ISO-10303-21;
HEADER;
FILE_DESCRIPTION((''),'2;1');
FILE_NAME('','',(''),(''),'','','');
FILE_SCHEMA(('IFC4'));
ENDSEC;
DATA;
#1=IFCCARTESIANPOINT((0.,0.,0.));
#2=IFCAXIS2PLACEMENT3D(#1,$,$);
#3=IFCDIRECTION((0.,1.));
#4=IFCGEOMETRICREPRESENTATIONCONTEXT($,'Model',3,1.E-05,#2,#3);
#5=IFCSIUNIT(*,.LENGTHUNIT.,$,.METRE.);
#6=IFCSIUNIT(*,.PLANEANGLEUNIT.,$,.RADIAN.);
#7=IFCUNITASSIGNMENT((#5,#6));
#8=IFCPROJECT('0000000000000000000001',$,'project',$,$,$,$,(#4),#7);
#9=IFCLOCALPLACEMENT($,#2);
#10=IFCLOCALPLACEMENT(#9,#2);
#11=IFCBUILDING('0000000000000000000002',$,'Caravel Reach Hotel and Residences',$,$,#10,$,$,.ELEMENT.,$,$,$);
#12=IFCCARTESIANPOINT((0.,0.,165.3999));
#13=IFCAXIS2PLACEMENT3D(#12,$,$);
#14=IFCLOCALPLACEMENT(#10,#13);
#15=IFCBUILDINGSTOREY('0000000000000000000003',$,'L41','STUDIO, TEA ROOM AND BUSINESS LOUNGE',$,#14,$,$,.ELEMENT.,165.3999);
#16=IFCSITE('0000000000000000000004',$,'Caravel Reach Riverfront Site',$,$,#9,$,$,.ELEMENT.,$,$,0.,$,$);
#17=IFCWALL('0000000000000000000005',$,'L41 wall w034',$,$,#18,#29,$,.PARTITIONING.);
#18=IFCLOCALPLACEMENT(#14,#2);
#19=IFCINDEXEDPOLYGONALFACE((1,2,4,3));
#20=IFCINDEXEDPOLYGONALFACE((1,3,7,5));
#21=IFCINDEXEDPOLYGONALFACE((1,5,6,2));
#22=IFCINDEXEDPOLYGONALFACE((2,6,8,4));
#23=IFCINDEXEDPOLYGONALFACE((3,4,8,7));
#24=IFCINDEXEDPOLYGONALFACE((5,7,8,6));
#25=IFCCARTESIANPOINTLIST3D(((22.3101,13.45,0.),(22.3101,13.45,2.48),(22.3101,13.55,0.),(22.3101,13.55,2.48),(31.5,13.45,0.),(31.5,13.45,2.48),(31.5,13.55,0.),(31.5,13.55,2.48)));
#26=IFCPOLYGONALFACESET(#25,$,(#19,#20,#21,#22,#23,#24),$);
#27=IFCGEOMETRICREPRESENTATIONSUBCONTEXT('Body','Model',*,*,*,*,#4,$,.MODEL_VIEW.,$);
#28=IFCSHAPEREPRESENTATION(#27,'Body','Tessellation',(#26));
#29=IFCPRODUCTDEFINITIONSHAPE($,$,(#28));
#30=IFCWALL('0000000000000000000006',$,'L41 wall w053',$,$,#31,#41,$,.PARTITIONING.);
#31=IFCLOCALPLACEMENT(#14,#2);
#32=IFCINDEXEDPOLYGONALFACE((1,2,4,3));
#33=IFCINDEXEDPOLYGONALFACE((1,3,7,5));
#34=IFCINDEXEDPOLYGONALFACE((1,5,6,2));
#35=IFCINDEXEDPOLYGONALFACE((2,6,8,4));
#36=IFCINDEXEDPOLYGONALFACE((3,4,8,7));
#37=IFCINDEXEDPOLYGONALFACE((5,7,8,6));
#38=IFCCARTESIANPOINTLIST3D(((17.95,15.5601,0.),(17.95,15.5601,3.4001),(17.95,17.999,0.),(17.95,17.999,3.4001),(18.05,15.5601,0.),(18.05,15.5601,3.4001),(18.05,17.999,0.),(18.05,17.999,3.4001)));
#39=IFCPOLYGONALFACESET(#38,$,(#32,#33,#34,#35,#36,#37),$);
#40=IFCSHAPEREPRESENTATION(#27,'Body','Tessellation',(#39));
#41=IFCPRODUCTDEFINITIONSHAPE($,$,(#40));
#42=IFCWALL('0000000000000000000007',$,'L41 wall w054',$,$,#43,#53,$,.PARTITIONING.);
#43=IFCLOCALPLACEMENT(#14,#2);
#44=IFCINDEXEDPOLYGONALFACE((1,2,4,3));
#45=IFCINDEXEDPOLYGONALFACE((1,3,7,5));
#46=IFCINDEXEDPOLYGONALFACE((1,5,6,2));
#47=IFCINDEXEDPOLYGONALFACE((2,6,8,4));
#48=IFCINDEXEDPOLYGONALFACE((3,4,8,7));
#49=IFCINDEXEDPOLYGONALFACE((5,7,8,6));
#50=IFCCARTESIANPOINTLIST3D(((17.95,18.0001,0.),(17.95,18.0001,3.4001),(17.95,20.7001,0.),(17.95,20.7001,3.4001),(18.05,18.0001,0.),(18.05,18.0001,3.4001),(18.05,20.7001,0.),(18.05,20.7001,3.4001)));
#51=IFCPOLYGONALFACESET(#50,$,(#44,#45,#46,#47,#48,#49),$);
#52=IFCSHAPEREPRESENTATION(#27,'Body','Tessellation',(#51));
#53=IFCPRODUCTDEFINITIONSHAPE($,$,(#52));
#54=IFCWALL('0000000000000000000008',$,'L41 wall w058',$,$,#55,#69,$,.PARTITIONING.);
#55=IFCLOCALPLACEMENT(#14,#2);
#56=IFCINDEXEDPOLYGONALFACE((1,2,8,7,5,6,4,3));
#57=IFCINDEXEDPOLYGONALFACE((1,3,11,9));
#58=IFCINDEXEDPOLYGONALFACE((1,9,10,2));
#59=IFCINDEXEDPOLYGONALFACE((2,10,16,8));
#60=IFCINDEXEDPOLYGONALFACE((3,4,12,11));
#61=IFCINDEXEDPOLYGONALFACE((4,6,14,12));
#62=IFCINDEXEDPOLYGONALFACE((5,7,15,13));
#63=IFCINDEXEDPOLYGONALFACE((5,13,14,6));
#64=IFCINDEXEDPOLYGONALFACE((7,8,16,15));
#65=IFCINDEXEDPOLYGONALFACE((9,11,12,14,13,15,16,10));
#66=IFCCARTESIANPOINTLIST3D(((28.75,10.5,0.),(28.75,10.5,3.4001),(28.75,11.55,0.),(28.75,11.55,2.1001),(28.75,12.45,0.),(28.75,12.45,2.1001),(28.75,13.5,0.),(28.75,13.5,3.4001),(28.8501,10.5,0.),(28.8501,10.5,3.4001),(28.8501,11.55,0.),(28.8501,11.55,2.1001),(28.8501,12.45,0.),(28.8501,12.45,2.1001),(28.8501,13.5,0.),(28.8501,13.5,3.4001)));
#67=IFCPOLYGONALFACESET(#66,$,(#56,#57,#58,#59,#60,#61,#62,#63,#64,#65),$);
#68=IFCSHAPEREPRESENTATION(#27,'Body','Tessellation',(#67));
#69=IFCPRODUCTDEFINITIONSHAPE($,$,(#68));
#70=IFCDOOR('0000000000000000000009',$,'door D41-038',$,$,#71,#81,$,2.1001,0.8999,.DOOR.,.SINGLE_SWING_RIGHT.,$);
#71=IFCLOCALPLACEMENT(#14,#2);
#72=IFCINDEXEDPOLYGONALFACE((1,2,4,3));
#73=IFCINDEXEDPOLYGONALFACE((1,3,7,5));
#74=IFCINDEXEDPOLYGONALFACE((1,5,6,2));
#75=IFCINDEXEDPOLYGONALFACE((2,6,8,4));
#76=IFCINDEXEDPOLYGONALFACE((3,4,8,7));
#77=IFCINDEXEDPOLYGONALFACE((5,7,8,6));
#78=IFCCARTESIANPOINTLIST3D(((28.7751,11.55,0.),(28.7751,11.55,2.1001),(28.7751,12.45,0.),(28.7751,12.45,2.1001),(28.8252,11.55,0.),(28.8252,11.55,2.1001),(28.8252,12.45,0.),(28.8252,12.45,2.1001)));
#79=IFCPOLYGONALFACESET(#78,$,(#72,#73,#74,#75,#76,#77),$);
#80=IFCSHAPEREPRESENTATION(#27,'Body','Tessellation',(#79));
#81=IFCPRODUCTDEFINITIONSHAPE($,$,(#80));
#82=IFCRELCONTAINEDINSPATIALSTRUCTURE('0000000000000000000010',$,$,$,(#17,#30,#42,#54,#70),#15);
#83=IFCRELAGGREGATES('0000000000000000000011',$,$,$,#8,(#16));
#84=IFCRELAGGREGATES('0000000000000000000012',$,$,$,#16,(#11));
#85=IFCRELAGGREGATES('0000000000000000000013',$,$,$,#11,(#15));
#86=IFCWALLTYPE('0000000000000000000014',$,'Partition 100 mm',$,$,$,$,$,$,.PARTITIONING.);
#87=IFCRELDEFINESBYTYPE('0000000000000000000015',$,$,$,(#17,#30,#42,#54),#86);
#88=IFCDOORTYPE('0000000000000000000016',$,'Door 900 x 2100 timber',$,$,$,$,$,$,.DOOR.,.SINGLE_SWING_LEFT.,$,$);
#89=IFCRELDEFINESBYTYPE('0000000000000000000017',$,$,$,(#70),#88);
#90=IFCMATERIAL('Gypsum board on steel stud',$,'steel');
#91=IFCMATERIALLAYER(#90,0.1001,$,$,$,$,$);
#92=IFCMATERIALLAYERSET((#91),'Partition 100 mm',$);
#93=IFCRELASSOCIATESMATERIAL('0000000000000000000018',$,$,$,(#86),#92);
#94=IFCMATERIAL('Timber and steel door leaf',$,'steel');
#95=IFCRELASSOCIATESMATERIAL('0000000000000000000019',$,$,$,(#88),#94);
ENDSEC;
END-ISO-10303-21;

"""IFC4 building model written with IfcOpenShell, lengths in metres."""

from ifc_helpers import new_model, si_unit, direction, frame, frame_2d, origin, place, context, subcontext, project, spatial, rectangle, extrude, material, layer, layer_set, type_object, element, fill, save


model = new_model("IFC4")

# Units and contexts
model_context = context("Model", 3, precision=1e-05, world=origin(), true_north=direction((0.0, 1.0)))
body_context = subcontext(model_context, "Body", "Model", "MODEL_VIEW")
ifc_project = project(units=[si_unit("LENGTHUNIT", "METRE"), si_unit("PLANEANGLEUNIT", "RADIAN")], contexts=[model_context])

# Site, building, storey
site_placement = place(None, origin())
site = spatial("IfcSite", under=ifc_project, at=site_placement, Name="Caravel Reach Riverfront Site", CompositionType="ELEMENT", RefElevation=0.0)
building_placement = place(site_placement, origin())
building = spatial("IfcBuilding", under=site, at=building_placement, Name="Caravel Reach Hotel and Residences", CompositionType="ELEMENT")
storey_placement = place(building_placement, frame((0.0, 0.0, 165.3999)))
storey = spatial("IfcBuildingStorey", under=building, at=storey_placement, Name="L41", Description="STUDIO, TEA ROOM AND BUSINESS LOUNGE", CompositionType="ELEMENT", Elevation=165.3999)

# Walls
ifc_material_1 = material(Name="Gypsum board on steel stud", Category="steel")
ifc_layer_1 = layer(ifc_material_1, 0.1001)
ifc_layer_set_1 = layer_set([ifc_layer_1], Name="Partition 100 mm")
wall_type_1 = type_object("IfcWallType", Name="Partition 100 mm", PredefinedType="PARTITIONING", material=ifc_layer_set_1)
wall_1_placement = place(storey_placement, frame((22.3101, 13.5, 0.0), z_axis=(0.0, 0.0, 1.0), x_axis=(1.0, 0.0, 0.0)))
element("IfcWall", 1, at=wall_1_placement, inside=storey, type_object=wall_type_1, Name="L41 wall w034", PredefinedType="PARTITIONING", context=body_context, shape_type="SweptSolid", body=[
    extrude(rectangle(XDim=9.1899, YDim=0.1001, at=frame_2d((4.595, 0.0))), origin(), (0.0, 0.0, 1.0), 2.48),
])
wall_2_placement = place(storey_placement, frame((18.0, 15.5601, 0.0), z_axis=(0.0, 0.0, 1.0), x_axis=(0.0, 1.0, 0.0)))
element("IfcWall", 2, at=wall_2_placement, inside=storey, type_object=wall_type_1, Name="L41 wall w053", PredefinedType="PARTITIONING", context=body_context, shape_type="SweptSolid", body=[
    extrude(rectangle(XDim=2.439, YDim=0.1001, at=frame_2d((1.2195, 0.0))), origin(), (0.0, 0.0, 1.0), 3.4001),
])
wall_3_placement = place(storey_placement, frame((18.0, 18.0, 0.0), z_axis=(0.0, 0.0, 1.0), x_axis=(0.0, 1.0, 0.0)))
element("IfcWall", 3, at=wall_3_placement, inside=storey, type_object=wall_type_1, Name="L41 wall w054", PredefinedType="PARTITIONING", context=body_context, shape_type="SweptSolid", body=[
    extrude(rectangle(XDim=2.7, YDim=0.1001, at=frame_2d((1.3501, 0.0))), origin(), (0.0, 0.0, 1.0), 3.4001),
])

# Wall, opening, door
wall_4_placement = place(storey_placement, frame((28.8, 10.5, 0.0), z_axis=(0.0, 0.0, 1.0), x_axis=(0.0, 1.0, 0.0)))
wall_4 = element("IfcWall", 4, at=wall_4_placement, inside=storey, type_object=wall_type_1, Name="L41 wall w058", PredefinedType="PARTITIONING", context=body_context, shape_type="SweptSolid", body=[
    extrude(rectangle(XDim=3.0, YDim=0.1001, at=frame_2d((1.5, 0.0))), origin(), (0.0, 0.0, 1.0), 3.4001),
])
opening_1_placement = place(wall_4_placement, frame((1.05, 0.0, 0.0)))
opening_1 = element("IfcOpeningElement", 5, at=opening_1_placement, cuts=wall_4, PredefinedType="OPENING", context=body_context, shape_type="SweptSolid", body=[
    extrude(rectangle(XDim=0.8999, YDim=2.1001, at=frame_2d((0.45, 1.05))), frame((0.0, 0.0601, 0.0), z_axis=(0.0, -1.0, 0.0), x_axis=(1.0, 0.0, 0.0)), (0.0, 0.0, 1.0), 0.1201),
])
ifc_material_2 = material(Name="Timber and steel door leaf", Category="steel")
door_type_1 = type_object("IfcDoorType", Name="Door 900 x 2100 timber", OperationType="SINGLE_SWING_LEFT", PredefinedType="DOOR", material=ifc_material_2)
door_1_placement = place(opening_1_placement, origin())
door_1 = element("IfcDoor", 6, at=door_1_placement, inside=storey, type_object=door_type_1, Name="door D41-038", OperationType="SINGLE_SWING_RIGHT", OverallHeight=2.1001, OverallWidth=0.8999, PredefinedType="DOOR", context=body_context, shape_type="SweptSolid", body=[
    extrude(rectangle(XDim=0.8999, YDim=2.1001, at=frame_2d((0.45, 1.05))), frame((0.0, 0.0249, 0.0), z_axis=(0.0, -1.0, 0.0), x_axis=(1.0, 0.0, 0.0)), (0.0, 0.0, 1.0), 0.05),
])
fill(opening_1, door_1)

save(model, "model.ifc")
